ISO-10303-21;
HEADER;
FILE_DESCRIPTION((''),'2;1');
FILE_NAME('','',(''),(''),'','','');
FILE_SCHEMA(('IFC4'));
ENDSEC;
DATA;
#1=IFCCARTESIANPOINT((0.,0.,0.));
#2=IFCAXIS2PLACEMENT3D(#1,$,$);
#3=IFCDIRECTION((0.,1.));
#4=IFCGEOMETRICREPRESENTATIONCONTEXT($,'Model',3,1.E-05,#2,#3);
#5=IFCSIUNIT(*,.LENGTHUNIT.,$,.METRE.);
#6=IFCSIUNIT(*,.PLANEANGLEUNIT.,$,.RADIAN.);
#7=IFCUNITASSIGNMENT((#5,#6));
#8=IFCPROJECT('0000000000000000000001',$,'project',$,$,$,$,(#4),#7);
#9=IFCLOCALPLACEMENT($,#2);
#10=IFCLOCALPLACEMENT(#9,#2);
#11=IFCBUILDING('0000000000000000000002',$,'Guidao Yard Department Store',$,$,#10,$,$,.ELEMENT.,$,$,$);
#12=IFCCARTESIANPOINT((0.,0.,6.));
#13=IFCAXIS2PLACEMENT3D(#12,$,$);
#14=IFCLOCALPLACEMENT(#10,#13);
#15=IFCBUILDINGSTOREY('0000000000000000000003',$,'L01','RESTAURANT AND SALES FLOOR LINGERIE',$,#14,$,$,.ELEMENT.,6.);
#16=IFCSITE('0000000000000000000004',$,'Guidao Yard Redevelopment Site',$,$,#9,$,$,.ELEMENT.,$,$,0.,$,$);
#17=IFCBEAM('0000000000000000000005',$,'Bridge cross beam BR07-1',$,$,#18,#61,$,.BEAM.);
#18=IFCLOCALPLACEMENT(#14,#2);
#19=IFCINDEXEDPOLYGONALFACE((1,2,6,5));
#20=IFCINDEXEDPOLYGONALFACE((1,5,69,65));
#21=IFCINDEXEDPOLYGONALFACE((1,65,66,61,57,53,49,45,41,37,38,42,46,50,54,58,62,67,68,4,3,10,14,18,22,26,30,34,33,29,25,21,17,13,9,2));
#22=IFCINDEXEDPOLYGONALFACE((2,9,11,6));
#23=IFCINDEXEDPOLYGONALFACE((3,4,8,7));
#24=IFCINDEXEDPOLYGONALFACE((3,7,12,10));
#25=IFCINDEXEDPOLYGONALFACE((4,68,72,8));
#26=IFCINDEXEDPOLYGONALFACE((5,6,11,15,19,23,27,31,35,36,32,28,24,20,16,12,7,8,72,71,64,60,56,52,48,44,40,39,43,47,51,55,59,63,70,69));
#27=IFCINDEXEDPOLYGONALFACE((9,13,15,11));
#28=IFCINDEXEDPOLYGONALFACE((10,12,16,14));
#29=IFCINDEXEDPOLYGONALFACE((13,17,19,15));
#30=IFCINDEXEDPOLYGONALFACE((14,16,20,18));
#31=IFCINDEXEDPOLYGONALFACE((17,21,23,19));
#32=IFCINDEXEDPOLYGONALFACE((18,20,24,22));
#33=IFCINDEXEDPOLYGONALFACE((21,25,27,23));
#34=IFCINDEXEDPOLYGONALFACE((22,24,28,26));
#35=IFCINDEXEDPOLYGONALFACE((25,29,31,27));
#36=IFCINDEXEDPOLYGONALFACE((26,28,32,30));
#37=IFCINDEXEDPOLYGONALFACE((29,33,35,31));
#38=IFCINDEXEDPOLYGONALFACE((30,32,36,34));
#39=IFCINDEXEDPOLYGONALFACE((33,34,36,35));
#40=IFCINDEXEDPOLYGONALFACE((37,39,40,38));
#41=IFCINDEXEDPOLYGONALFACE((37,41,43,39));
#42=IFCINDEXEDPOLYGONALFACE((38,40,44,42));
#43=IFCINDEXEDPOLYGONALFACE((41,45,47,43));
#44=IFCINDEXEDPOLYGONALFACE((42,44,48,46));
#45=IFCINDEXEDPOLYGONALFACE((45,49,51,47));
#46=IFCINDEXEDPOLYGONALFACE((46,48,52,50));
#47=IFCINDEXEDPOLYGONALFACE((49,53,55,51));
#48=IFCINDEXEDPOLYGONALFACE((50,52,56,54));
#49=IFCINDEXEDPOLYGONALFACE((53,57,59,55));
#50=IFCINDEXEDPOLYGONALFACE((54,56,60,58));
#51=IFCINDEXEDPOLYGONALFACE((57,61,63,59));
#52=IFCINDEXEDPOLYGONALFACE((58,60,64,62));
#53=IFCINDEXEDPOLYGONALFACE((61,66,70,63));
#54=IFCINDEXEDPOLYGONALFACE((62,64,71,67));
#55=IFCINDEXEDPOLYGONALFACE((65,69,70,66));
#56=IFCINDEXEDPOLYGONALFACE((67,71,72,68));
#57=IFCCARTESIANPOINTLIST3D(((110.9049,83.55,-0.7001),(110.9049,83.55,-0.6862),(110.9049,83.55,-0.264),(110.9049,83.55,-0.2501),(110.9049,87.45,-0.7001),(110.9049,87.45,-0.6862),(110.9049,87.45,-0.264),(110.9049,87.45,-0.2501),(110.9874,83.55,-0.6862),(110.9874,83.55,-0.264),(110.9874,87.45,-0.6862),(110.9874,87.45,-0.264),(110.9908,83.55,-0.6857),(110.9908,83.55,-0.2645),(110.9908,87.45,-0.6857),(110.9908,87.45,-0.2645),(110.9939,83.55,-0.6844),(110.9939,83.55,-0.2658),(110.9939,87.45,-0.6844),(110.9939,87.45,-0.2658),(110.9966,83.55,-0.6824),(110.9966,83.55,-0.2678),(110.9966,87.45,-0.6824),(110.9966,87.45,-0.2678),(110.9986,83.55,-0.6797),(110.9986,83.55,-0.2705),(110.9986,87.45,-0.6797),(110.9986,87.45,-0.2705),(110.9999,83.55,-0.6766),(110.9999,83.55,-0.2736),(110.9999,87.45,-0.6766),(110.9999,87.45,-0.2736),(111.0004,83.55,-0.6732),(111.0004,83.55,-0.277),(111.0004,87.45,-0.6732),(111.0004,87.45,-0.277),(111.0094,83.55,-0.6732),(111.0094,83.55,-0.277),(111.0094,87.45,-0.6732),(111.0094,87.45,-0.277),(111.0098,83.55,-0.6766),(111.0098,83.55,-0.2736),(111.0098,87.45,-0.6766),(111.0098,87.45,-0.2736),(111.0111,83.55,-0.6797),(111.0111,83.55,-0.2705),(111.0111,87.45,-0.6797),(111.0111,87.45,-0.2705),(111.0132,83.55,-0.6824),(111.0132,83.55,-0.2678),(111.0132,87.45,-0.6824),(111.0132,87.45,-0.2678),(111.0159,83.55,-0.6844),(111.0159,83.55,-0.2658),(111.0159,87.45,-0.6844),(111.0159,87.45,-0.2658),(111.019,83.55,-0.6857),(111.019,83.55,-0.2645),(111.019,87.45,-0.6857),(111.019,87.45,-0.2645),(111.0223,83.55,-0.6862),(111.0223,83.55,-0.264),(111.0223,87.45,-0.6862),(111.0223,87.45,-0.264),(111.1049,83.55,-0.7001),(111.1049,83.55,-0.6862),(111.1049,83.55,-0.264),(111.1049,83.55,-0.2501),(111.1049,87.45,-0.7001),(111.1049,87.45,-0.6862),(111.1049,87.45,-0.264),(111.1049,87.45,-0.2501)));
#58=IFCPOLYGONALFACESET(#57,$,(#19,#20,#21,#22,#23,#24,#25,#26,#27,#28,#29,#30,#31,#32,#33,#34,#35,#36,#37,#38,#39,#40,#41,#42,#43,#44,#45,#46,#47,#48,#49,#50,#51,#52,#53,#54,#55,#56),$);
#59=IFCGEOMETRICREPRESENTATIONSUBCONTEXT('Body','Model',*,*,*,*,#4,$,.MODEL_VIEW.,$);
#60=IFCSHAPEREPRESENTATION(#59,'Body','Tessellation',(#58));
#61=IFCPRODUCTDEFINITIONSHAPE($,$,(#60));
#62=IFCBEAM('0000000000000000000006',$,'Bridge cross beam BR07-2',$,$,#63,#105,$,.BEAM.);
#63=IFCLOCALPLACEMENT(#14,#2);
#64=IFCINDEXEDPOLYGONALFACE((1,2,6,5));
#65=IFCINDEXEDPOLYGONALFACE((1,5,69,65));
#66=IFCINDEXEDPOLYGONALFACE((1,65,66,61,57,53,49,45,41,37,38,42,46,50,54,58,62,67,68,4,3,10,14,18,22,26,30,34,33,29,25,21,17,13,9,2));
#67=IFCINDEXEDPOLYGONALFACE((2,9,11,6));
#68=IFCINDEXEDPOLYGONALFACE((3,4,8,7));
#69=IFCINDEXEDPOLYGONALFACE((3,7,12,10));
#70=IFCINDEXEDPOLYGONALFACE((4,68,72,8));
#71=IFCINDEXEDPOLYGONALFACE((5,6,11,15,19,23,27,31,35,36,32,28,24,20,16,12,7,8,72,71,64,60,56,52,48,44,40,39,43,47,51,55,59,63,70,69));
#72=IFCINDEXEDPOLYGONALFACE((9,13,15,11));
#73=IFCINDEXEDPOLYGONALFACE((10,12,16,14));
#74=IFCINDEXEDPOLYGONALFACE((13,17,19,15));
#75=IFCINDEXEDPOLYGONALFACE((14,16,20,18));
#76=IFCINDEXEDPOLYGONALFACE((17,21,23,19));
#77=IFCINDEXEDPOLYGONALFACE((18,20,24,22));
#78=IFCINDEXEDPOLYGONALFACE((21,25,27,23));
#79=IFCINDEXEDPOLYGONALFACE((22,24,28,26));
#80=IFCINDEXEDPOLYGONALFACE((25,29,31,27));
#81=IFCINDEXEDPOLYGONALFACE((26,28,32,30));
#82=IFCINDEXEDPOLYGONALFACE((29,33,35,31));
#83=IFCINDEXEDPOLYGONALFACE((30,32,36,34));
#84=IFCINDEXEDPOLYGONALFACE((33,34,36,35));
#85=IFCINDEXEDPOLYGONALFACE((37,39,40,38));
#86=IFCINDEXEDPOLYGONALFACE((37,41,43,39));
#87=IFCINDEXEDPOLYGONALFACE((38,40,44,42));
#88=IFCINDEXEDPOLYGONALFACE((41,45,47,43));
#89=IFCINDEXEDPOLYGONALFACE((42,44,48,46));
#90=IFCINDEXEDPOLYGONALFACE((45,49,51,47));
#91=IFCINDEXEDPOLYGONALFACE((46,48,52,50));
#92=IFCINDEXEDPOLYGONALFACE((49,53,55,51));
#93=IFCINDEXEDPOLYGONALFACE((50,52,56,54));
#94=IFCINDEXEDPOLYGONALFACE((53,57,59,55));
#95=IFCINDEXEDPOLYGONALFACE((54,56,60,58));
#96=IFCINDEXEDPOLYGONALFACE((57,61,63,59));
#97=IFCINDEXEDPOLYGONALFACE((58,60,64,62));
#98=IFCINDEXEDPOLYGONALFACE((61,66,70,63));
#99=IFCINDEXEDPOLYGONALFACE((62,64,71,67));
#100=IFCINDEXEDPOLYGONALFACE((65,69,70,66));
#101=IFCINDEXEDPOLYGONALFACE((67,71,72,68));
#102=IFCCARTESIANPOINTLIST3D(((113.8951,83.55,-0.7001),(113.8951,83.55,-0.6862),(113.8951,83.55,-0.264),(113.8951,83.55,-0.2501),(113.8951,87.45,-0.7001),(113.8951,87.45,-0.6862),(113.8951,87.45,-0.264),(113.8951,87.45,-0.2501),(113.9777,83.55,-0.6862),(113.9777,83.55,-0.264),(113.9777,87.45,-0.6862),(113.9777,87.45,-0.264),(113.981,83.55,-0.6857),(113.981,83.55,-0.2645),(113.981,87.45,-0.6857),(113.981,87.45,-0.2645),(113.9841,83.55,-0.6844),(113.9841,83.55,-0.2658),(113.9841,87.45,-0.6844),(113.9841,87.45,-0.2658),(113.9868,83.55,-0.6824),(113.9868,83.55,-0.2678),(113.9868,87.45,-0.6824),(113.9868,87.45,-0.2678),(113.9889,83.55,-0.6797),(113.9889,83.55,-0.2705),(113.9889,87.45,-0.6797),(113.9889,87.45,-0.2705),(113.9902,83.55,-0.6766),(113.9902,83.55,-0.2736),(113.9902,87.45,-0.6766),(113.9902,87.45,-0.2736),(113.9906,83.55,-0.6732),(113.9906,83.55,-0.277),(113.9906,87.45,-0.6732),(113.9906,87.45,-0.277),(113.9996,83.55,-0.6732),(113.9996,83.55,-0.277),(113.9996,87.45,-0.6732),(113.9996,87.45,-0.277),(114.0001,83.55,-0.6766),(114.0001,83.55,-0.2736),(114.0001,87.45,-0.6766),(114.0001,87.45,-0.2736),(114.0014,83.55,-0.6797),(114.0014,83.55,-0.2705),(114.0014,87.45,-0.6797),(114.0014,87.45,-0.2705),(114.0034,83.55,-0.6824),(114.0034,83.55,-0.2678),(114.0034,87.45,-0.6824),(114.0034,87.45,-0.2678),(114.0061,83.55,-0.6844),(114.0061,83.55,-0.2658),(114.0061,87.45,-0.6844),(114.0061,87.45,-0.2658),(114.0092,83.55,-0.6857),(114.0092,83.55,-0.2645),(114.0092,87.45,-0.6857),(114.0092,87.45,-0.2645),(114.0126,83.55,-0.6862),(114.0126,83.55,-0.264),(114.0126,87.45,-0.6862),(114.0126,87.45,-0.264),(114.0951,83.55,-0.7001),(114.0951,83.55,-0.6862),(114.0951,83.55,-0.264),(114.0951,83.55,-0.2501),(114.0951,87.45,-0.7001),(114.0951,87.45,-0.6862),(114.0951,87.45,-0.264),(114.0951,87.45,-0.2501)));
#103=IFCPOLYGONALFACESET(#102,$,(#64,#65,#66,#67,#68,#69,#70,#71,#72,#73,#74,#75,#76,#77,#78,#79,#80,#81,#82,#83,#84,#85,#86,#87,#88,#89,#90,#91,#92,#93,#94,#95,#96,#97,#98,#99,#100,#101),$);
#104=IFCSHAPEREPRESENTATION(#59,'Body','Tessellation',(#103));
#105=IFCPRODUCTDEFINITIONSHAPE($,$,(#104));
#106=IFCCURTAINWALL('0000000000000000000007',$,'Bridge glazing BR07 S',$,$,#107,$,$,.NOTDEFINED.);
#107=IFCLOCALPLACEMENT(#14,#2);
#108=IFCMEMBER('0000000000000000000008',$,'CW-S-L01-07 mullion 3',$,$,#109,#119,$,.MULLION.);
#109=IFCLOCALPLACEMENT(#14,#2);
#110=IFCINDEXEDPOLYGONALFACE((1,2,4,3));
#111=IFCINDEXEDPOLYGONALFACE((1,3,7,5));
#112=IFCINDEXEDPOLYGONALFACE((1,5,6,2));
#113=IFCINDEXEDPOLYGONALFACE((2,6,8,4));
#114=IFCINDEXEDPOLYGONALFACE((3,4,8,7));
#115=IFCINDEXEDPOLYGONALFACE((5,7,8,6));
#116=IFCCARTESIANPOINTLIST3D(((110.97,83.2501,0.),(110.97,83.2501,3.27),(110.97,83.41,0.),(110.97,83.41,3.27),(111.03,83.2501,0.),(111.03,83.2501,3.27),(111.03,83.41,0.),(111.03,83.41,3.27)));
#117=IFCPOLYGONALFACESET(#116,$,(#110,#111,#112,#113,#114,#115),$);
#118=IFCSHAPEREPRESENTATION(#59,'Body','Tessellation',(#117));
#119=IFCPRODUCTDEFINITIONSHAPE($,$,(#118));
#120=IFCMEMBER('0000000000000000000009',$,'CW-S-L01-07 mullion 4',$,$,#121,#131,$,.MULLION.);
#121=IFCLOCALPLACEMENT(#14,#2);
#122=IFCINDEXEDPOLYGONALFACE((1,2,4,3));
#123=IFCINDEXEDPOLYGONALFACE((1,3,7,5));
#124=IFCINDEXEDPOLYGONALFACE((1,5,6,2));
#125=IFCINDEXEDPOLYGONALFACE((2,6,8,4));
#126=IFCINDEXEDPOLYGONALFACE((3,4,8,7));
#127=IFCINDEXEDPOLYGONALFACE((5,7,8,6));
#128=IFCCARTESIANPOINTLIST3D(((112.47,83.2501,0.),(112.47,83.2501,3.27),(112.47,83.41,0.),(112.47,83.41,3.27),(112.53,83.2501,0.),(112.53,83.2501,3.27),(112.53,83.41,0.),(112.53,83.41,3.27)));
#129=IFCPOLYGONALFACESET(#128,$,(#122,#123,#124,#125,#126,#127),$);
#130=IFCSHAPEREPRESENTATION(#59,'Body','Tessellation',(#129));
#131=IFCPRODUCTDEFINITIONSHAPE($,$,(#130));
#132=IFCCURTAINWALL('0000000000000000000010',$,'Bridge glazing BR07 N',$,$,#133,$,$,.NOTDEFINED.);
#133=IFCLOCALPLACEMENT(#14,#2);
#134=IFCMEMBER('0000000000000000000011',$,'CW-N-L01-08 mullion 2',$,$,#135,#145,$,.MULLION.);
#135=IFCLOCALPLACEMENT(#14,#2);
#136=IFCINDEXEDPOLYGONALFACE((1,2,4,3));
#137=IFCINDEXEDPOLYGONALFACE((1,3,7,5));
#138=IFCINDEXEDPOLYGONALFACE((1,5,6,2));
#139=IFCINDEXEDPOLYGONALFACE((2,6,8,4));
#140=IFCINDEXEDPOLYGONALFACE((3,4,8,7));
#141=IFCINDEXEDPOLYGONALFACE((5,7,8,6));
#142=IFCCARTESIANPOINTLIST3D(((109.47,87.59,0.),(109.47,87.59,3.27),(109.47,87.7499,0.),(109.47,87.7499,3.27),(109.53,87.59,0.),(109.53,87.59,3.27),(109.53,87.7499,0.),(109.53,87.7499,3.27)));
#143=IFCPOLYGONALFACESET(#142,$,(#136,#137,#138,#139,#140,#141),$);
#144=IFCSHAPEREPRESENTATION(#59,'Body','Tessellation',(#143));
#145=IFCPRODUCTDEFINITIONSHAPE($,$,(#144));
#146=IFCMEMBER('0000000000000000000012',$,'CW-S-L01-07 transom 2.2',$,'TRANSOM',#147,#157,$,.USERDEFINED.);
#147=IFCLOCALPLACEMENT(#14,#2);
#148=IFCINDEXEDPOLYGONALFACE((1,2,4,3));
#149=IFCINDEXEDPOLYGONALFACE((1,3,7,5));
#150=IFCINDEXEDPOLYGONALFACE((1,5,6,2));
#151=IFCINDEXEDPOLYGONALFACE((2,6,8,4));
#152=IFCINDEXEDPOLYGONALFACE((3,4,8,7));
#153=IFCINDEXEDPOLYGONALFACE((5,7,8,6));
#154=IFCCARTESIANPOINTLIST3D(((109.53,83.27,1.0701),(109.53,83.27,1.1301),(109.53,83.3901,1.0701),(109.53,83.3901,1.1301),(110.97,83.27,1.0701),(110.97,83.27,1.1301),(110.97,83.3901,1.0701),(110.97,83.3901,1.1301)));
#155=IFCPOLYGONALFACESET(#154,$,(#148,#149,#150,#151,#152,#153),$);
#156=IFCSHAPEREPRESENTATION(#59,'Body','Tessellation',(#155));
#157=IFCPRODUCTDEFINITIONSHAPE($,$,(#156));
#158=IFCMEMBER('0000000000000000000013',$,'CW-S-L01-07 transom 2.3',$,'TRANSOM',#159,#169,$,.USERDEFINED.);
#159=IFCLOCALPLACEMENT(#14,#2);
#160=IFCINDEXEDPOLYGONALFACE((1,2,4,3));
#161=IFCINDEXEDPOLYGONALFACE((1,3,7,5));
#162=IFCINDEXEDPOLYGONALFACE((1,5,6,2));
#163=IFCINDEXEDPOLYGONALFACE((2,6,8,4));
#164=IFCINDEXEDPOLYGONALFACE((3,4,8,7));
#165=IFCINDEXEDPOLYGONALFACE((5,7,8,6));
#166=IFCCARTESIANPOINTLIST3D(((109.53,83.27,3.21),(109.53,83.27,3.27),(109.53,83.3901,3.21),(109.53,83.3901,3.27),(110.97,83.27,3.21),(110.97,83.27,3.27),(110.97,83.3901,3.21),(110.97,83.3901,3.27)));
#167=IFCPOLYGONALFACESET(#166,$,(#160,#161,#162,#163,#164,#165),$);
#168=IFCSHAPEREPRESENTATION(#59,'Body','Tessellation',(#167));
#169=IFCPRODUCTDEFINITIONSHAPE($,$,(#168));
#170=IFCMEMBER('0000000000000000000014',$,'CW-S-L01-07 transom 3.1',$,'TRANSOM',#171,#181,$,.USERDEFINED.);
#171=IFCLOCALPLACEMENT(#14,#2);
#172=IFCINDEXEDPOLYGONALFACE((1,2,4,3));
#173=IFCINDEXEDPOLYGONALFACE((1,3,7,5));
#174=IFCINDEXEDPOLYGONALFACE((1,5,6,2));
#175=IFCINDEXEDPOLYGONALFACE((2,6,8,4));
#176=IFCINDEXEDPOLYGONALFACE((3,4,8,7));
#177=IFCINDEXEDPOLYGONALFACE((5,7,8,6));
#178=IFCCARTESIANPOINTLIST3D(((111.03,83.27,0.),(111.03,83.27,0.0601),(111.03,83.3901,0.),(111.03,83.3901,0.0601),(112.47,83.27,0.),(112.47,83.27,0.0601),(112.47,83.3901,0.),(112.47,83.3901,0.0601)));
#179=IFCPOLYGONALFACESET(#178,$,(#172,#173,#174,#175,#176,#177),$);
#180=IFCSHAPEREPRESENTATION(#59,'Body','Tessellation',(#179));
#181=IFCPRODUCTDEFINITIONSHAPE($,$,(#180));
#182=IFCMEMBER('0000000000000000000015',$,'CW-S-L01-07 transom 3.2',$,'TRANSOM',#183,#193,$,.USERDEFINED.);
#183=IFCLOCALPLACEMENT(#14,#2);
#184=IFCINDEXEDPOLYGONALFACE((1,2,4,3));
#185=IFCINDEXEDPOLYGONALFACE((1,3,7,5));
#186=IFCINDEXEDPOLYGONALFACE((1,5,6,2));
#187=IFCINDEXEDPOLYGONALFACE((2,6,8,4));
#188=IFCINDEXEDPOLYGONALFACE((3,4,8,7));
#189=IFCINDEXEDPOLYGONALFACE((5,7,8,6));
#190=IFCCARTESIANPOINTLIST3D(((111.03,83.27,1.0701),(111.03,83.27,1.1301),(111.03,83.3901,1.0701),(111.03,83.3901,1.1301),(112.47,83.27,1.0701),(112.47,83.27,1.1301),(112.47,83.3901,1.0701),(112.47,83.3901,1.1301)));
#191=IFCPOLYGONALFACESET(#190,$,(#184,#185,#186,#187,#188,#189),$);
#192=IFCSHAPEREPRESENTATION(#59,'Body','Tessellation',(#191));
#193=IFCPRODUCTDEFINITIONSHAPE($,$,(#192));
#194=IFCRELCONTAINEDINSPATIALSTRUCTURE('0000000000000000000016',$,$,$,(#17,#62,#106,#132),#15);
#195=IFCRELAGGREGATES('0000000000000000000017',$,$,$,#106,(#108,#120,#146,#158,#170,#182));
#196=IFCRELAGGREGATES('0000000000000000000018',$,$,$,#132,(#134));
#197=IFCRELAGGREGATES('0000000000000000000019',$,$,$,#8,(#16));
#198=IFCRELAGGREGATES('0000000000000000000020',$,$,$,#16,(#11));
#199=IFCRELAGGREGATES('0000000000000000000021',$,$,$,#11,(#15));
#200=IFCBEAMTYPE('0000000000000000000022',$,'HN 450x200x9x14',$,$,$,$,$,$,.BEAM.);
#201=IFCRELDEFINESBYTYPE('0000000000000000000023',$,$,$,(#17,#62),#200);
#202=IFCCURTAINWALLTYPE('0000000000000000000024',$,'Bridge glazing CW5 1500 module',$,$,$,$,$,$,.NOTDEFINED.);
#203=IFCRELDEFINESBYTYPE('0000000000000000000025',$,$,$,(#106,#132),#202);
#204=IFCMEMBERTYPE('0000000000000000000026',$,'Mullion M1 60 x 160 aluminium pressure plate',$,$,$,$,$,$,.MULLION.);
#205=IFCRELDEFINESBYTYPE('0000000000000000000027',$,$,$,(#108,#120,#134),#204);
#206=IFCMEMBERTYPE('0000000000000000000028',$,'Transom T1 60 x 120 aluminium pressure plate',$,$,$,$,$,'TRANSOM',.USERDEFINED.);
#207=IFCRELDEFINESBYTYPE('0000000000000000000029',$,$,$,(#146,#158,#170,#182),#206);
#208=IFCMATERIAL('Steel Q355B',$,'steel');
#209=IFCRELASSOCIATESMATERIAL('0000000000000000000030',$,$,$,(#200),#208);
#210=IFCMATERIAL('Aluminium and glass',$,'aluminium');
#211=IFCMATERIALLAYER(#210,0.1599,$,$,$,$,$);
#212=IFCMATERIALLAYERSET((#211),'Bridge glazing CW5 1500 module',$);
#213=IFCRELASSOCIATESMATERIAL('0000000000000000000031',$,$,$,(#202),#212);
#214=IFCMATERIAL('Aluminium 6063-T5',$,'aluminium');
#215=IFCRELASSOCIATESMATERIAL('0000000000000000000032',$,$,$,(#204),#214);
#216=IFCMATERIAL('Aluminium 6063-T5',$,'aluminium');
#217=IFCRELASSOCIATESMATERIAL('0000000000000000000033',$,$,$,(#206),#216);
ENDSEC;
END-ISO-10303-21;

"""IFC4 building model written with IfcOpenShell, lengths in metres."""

from ifc_helpers import new_model, si_unit, direction, frame, origin, origin_2d, place, context, subcontext, project, spatial, rectangle, i_section, extrude, material, layer, layer_set, material_profile, profile_set, type_object, element, aggregate, save


model = new_model("IFC4")

# Units and contexts
model_context = context("Model", 3, precision=1e-05, world=origin(), true_north=direction((0.0, 1.0)))
body_context = subcontext(model_context, "Body", "Model", "MODEL_VIEW")
ifc_project = project(units=[si_unit("LENGTHUNIT", "METRE"), si_unit("PLANEANGLEUNIT", "RADIAN")], contexts=[model_context])

# Site, building, storey
site_placement = place(None, origin())
site = spatial("IfcSite", under=ifc_project, at=site_placement, Name="Guidao Yard Redevelopment Site", CompositionType="ELEMENT", RefElevation=0.0)
building_placement = place(site_placement, origin())
building = spatial("IfcBuilding", under=site, at=building_placement, Name="Guidao Yard Department Store", CompositionType="ELEMENT")
storey_placement = place(building_placement, frame((0.0, 0.0, 6.0)))
storey = spatial("IfcBuildingStorey", under=building, at=storey_placement, Name="L01", Description="RESTAURANT AND SALES FLOOR LINGERIE", CompositionType="ELEMENT", Elevation=6.0)

# Beams
ifc_material_1 = material(Name="Steel Q355B", Category="steel")
ifc_material_profile_1 = material_profile(ifc_material_1, i_section(OverallWidth=0.2, OverallDepth=0.45, WebThickness=0.009, FlangeThickness=0.0139, FilletRadius=0.0129, at=origin_2d()), Name="HN 450x200x9x14")
ifc_profile_set_1 = profile_set([ifc_material_profile_1], Name="Steel Q355B")
beam_type = type_object("IfcBeamType", Name="HN 450x200x9x14", PredefinedType="BEAM", material=ifc_profile_set_1)
for number, where, z_axis, x_axis, name in (
    (1, (111.0049, 83.55, -0.4751), (0.0, 1.0, 0.0), (-1.0, 0.0, 0.0), "Bridge cross beam BR07-1"),
    (2, (113.9951, 83.55, -0.4751), (0.0, 1.0, 0.0), (-1.0, 0.0, 0.0), "Bridge cross beam BR07-2"),
):
    element("IfcBeam", number, at=place(storey_placement, frame(where, z_axis=z_axis, x_axis=x_axis)), inside=storey, type_object=beam_type, Name=name, PredefinedType="BEAM", context=body_context, shape_type="SweptSolid", body=[
        extrude(i_section(OverallWidth=0.2, OverallDepth=0.45, WebThickness=0.009, FlangeThickness=0.0139, FilletRadius=0.0129, at=origin_2d()), origin(), (0.0, 0.0, 1.0), 3.8999),
    ])

# Curtain wall, members
ifc_material_2 = material(Name="Aluminium and glass", Category="aluminium")
ifc_layer_1 = layer(ifc_material_2, 0.1599)
ifc_layer_set_1 = layer_set([ifc_layer_1], Name="Bridge glazing CW5 1500 module")
curtain_wall_type = type_object("IfcCurtainWallType", Name="Bridge glazing CW5 1500 module", PredefinedType="NOTDEFINED", material=ifc_layer_set_1)
curtain_wall_1_placement = place(storey_placement, origin())
curtain_wall_1 = element("IfcCurtainWall", 3, at=curtain_wall_1_placement, inside=storey, type_object=curtain_wall_type, Name="Bridge glazing BR07 S", PredefinedType="NOTDEFINED")
ifc_material_3 = material(Name="Aluminium 6063-T5", Category="aluminium")
ifc_material_profile_2 = material_profile(ifc_material_3, rectangle(XDim=0.0601, YDim=0.1599, at=origin_2d()), Name="Mullion M1 60 x 160 aluminium pressure plate")
ifc_profile_set_2 = profile_set([ifc_material_profile_2], Name="Aluminium 6063-T5")
member_type_1 = type_object("IfcMemberType", Name="Mullion M1 60 x 160 aluminium pressure plate", PredefinedType="MULLION", material=ifc_profile_set_2)
member_1_placement = place(storey_placement, frame((111.0, 83.3301, 0.0), z_axis=(0.0, 0.0, 1.0), x_axis=(-1.0, 0.0, 0.0)))
member_1 = element("IfcMember", 4, at=member_1_placement, type_object=member_type_1, Name="CW-S-L01-07 mullion 3", PredefinedType="MULLION", context=body_context, shape_type="SweptSolid", body=[
    extrude(rectangle(XDim=0.0601, YDim=0.1599, at=origin_2d()), origin(), (0.0, 0.0, 1.0), 3.27),
])
member_2_placement = place(storey_placement, frame((112.5, 83.3301, 0.0), z_axis=(0.0, 0.0, 1.0), x_axis=(-1.0, 0.0, 0.0)))
member_2 = element("IfcMember", 5, at=member_2_placement, type_object=member_type_1, Name="CW-S-L01-07 mullion 4", PredefinedType="MULLION", context=body_context, shape_type="SweptSolid", body=[
    extrude(rectangle(XDim=0.0601, YDim=0.1599, at=origin_2d()), origin(), (0.0, 0.0, 1.0), 3.27),
])

# Curtain wall, member
curtain_wall_2_placement = place(storey_placement, origin())
curtain_wall_2 = element("IfcCurtainWall", 6, at=curtain_wall_2_placement, inside=storey, type_object=curtain_wall_type, Name="Bridge glazing BR07 N", PredefinedType="NOTDEFINED")
member_3_placement = place(storey_placement, frame((109.5, 87.6699, 0.0), z_axis=(0.0, 0.0, 1.0), x_axis=(1.0, 0.0, 0.0)))
member_3 = element("IfcMember", 7, at=member_3_placement, type_object=member_type_1, Name="CW-N-L01-08 mullion 2", PredefinedType="MULLION", context=body_context, shape_type="SweptSolid", body=[
    extrude(rectangle(XDim=0.0601, YDim=0.1599, at=origin_2d()), origin(), (0.0, 0.0, 1.0), 3.27),
])

# Members
ifc_material_4 = material(Name="Aluminium 6063-T5", Category="aluminium")
ifc_material_profile_3 = material_profile(ifc_material_4, rectangle(XDim=0.1201, YDim=0.0601, at=origin_2d()), Name="Transom T1 60 x 120 aluminium pressure plate")
ifc_profile_set_3 = profile_set([ifc_material_profile_3], Name="Aluminium 6063-T5")
member_type_2 = type_object("IfcMemberType", Name="Transom T1 60 x 120 aluminium pressure plate", ElementType="TRANSOM", PredefinedType="USERDEFINED", material=ifc_profile_set_3)
member_4_placement = place(storey_placement, frame((110.97, 83.3301, 1.1001), z_axis=(-1.0, 0.0, 0.0), x_axis=(0.0, -1.0, 0.0)))
member_4 = element("IfcMember", 8, at=member_4_placement, type_object=member_type_2, Name="CW-S-L01-07 transom 2.2", ObjectType="TRANSOM", PredefinedType="USERDEFINED", context=body_context, shape_type="SweptSolid", body=[
    extrude(rectangle(XDim=0.1201, YDim=0.0601, at=origin_2d()), origin(), (0.0, 0.0, 1.0), 1.4399),
])
member_5_placement = place(storey_placement, frame((110.97, 83.3301, 3.24), z_axis=(-1.0, 0.0, 0.0), x_axis=(0.0, -1.0, 0.0)))
member_5 = element("IfcMember", 9, at=member_5_placement, type_object=member_type_2, Name="CW-S-L01-07 transom 2.3", ObjectType="TRANSOM", PredefinedType="USERDEFINED", context=body_context, shape_type="SweptSolid", body=[
    extrude(rectangle(XDim=0.1201, YDim=0.0601, at=origin_2d()), origin(), (0.0, 0.0, 1.0), 1.4399),
])
member_6_placement = place(storey_placement, frame((112.47, 83.3301, 0.03), z_axis=(-1.0, 0.0, 0.0), x_axis=(0.0, -1.0, 0.0)))
member_6 = element("IfcMember", 10, at=member_6_placement, type_object=member_type_2, Name="CW-S-L01-07 transom 3.1", ObjectType="TRANSOM", PredefinedType="USERDEFINED", context=body_context, shape_type="SweptSolid", body=[
    extrude(rectangle(XDim=0.1201, YDim=0.0601, at=origin_2d()), origin(), (0.0, 0.0, 1.0), 1.4399),
])
member_7_placement = place(storey_placement, frame((112.47, 83.3301, 1.1001), z_axis=(-1.0, 0.0, 0.0), x_axis=(0.0, -1.0, 0.0)))
member_7 = element("IfcMember", 11, at=member_7_placement, type_object=member_type_2, Name="CW-S-L01-07 transom 3.2", ObjectType="TRANSOM", PredefinedType="USERDEFINED", context=body_context, shape_type="SweptSolid", body=[
    extrude(rectangle(XDim=0.1201, YDim=0.0601, at=origin_2d()), origin(), (0.0, 0.0, 1.0), 1.4399),
])

aggregate(curtain_wall_1, [member_1, member_2, member_4, member_5, member_6, member_7])
aggregate(curtain_wall_2, [member_3])

save(model, "model.ifc")
